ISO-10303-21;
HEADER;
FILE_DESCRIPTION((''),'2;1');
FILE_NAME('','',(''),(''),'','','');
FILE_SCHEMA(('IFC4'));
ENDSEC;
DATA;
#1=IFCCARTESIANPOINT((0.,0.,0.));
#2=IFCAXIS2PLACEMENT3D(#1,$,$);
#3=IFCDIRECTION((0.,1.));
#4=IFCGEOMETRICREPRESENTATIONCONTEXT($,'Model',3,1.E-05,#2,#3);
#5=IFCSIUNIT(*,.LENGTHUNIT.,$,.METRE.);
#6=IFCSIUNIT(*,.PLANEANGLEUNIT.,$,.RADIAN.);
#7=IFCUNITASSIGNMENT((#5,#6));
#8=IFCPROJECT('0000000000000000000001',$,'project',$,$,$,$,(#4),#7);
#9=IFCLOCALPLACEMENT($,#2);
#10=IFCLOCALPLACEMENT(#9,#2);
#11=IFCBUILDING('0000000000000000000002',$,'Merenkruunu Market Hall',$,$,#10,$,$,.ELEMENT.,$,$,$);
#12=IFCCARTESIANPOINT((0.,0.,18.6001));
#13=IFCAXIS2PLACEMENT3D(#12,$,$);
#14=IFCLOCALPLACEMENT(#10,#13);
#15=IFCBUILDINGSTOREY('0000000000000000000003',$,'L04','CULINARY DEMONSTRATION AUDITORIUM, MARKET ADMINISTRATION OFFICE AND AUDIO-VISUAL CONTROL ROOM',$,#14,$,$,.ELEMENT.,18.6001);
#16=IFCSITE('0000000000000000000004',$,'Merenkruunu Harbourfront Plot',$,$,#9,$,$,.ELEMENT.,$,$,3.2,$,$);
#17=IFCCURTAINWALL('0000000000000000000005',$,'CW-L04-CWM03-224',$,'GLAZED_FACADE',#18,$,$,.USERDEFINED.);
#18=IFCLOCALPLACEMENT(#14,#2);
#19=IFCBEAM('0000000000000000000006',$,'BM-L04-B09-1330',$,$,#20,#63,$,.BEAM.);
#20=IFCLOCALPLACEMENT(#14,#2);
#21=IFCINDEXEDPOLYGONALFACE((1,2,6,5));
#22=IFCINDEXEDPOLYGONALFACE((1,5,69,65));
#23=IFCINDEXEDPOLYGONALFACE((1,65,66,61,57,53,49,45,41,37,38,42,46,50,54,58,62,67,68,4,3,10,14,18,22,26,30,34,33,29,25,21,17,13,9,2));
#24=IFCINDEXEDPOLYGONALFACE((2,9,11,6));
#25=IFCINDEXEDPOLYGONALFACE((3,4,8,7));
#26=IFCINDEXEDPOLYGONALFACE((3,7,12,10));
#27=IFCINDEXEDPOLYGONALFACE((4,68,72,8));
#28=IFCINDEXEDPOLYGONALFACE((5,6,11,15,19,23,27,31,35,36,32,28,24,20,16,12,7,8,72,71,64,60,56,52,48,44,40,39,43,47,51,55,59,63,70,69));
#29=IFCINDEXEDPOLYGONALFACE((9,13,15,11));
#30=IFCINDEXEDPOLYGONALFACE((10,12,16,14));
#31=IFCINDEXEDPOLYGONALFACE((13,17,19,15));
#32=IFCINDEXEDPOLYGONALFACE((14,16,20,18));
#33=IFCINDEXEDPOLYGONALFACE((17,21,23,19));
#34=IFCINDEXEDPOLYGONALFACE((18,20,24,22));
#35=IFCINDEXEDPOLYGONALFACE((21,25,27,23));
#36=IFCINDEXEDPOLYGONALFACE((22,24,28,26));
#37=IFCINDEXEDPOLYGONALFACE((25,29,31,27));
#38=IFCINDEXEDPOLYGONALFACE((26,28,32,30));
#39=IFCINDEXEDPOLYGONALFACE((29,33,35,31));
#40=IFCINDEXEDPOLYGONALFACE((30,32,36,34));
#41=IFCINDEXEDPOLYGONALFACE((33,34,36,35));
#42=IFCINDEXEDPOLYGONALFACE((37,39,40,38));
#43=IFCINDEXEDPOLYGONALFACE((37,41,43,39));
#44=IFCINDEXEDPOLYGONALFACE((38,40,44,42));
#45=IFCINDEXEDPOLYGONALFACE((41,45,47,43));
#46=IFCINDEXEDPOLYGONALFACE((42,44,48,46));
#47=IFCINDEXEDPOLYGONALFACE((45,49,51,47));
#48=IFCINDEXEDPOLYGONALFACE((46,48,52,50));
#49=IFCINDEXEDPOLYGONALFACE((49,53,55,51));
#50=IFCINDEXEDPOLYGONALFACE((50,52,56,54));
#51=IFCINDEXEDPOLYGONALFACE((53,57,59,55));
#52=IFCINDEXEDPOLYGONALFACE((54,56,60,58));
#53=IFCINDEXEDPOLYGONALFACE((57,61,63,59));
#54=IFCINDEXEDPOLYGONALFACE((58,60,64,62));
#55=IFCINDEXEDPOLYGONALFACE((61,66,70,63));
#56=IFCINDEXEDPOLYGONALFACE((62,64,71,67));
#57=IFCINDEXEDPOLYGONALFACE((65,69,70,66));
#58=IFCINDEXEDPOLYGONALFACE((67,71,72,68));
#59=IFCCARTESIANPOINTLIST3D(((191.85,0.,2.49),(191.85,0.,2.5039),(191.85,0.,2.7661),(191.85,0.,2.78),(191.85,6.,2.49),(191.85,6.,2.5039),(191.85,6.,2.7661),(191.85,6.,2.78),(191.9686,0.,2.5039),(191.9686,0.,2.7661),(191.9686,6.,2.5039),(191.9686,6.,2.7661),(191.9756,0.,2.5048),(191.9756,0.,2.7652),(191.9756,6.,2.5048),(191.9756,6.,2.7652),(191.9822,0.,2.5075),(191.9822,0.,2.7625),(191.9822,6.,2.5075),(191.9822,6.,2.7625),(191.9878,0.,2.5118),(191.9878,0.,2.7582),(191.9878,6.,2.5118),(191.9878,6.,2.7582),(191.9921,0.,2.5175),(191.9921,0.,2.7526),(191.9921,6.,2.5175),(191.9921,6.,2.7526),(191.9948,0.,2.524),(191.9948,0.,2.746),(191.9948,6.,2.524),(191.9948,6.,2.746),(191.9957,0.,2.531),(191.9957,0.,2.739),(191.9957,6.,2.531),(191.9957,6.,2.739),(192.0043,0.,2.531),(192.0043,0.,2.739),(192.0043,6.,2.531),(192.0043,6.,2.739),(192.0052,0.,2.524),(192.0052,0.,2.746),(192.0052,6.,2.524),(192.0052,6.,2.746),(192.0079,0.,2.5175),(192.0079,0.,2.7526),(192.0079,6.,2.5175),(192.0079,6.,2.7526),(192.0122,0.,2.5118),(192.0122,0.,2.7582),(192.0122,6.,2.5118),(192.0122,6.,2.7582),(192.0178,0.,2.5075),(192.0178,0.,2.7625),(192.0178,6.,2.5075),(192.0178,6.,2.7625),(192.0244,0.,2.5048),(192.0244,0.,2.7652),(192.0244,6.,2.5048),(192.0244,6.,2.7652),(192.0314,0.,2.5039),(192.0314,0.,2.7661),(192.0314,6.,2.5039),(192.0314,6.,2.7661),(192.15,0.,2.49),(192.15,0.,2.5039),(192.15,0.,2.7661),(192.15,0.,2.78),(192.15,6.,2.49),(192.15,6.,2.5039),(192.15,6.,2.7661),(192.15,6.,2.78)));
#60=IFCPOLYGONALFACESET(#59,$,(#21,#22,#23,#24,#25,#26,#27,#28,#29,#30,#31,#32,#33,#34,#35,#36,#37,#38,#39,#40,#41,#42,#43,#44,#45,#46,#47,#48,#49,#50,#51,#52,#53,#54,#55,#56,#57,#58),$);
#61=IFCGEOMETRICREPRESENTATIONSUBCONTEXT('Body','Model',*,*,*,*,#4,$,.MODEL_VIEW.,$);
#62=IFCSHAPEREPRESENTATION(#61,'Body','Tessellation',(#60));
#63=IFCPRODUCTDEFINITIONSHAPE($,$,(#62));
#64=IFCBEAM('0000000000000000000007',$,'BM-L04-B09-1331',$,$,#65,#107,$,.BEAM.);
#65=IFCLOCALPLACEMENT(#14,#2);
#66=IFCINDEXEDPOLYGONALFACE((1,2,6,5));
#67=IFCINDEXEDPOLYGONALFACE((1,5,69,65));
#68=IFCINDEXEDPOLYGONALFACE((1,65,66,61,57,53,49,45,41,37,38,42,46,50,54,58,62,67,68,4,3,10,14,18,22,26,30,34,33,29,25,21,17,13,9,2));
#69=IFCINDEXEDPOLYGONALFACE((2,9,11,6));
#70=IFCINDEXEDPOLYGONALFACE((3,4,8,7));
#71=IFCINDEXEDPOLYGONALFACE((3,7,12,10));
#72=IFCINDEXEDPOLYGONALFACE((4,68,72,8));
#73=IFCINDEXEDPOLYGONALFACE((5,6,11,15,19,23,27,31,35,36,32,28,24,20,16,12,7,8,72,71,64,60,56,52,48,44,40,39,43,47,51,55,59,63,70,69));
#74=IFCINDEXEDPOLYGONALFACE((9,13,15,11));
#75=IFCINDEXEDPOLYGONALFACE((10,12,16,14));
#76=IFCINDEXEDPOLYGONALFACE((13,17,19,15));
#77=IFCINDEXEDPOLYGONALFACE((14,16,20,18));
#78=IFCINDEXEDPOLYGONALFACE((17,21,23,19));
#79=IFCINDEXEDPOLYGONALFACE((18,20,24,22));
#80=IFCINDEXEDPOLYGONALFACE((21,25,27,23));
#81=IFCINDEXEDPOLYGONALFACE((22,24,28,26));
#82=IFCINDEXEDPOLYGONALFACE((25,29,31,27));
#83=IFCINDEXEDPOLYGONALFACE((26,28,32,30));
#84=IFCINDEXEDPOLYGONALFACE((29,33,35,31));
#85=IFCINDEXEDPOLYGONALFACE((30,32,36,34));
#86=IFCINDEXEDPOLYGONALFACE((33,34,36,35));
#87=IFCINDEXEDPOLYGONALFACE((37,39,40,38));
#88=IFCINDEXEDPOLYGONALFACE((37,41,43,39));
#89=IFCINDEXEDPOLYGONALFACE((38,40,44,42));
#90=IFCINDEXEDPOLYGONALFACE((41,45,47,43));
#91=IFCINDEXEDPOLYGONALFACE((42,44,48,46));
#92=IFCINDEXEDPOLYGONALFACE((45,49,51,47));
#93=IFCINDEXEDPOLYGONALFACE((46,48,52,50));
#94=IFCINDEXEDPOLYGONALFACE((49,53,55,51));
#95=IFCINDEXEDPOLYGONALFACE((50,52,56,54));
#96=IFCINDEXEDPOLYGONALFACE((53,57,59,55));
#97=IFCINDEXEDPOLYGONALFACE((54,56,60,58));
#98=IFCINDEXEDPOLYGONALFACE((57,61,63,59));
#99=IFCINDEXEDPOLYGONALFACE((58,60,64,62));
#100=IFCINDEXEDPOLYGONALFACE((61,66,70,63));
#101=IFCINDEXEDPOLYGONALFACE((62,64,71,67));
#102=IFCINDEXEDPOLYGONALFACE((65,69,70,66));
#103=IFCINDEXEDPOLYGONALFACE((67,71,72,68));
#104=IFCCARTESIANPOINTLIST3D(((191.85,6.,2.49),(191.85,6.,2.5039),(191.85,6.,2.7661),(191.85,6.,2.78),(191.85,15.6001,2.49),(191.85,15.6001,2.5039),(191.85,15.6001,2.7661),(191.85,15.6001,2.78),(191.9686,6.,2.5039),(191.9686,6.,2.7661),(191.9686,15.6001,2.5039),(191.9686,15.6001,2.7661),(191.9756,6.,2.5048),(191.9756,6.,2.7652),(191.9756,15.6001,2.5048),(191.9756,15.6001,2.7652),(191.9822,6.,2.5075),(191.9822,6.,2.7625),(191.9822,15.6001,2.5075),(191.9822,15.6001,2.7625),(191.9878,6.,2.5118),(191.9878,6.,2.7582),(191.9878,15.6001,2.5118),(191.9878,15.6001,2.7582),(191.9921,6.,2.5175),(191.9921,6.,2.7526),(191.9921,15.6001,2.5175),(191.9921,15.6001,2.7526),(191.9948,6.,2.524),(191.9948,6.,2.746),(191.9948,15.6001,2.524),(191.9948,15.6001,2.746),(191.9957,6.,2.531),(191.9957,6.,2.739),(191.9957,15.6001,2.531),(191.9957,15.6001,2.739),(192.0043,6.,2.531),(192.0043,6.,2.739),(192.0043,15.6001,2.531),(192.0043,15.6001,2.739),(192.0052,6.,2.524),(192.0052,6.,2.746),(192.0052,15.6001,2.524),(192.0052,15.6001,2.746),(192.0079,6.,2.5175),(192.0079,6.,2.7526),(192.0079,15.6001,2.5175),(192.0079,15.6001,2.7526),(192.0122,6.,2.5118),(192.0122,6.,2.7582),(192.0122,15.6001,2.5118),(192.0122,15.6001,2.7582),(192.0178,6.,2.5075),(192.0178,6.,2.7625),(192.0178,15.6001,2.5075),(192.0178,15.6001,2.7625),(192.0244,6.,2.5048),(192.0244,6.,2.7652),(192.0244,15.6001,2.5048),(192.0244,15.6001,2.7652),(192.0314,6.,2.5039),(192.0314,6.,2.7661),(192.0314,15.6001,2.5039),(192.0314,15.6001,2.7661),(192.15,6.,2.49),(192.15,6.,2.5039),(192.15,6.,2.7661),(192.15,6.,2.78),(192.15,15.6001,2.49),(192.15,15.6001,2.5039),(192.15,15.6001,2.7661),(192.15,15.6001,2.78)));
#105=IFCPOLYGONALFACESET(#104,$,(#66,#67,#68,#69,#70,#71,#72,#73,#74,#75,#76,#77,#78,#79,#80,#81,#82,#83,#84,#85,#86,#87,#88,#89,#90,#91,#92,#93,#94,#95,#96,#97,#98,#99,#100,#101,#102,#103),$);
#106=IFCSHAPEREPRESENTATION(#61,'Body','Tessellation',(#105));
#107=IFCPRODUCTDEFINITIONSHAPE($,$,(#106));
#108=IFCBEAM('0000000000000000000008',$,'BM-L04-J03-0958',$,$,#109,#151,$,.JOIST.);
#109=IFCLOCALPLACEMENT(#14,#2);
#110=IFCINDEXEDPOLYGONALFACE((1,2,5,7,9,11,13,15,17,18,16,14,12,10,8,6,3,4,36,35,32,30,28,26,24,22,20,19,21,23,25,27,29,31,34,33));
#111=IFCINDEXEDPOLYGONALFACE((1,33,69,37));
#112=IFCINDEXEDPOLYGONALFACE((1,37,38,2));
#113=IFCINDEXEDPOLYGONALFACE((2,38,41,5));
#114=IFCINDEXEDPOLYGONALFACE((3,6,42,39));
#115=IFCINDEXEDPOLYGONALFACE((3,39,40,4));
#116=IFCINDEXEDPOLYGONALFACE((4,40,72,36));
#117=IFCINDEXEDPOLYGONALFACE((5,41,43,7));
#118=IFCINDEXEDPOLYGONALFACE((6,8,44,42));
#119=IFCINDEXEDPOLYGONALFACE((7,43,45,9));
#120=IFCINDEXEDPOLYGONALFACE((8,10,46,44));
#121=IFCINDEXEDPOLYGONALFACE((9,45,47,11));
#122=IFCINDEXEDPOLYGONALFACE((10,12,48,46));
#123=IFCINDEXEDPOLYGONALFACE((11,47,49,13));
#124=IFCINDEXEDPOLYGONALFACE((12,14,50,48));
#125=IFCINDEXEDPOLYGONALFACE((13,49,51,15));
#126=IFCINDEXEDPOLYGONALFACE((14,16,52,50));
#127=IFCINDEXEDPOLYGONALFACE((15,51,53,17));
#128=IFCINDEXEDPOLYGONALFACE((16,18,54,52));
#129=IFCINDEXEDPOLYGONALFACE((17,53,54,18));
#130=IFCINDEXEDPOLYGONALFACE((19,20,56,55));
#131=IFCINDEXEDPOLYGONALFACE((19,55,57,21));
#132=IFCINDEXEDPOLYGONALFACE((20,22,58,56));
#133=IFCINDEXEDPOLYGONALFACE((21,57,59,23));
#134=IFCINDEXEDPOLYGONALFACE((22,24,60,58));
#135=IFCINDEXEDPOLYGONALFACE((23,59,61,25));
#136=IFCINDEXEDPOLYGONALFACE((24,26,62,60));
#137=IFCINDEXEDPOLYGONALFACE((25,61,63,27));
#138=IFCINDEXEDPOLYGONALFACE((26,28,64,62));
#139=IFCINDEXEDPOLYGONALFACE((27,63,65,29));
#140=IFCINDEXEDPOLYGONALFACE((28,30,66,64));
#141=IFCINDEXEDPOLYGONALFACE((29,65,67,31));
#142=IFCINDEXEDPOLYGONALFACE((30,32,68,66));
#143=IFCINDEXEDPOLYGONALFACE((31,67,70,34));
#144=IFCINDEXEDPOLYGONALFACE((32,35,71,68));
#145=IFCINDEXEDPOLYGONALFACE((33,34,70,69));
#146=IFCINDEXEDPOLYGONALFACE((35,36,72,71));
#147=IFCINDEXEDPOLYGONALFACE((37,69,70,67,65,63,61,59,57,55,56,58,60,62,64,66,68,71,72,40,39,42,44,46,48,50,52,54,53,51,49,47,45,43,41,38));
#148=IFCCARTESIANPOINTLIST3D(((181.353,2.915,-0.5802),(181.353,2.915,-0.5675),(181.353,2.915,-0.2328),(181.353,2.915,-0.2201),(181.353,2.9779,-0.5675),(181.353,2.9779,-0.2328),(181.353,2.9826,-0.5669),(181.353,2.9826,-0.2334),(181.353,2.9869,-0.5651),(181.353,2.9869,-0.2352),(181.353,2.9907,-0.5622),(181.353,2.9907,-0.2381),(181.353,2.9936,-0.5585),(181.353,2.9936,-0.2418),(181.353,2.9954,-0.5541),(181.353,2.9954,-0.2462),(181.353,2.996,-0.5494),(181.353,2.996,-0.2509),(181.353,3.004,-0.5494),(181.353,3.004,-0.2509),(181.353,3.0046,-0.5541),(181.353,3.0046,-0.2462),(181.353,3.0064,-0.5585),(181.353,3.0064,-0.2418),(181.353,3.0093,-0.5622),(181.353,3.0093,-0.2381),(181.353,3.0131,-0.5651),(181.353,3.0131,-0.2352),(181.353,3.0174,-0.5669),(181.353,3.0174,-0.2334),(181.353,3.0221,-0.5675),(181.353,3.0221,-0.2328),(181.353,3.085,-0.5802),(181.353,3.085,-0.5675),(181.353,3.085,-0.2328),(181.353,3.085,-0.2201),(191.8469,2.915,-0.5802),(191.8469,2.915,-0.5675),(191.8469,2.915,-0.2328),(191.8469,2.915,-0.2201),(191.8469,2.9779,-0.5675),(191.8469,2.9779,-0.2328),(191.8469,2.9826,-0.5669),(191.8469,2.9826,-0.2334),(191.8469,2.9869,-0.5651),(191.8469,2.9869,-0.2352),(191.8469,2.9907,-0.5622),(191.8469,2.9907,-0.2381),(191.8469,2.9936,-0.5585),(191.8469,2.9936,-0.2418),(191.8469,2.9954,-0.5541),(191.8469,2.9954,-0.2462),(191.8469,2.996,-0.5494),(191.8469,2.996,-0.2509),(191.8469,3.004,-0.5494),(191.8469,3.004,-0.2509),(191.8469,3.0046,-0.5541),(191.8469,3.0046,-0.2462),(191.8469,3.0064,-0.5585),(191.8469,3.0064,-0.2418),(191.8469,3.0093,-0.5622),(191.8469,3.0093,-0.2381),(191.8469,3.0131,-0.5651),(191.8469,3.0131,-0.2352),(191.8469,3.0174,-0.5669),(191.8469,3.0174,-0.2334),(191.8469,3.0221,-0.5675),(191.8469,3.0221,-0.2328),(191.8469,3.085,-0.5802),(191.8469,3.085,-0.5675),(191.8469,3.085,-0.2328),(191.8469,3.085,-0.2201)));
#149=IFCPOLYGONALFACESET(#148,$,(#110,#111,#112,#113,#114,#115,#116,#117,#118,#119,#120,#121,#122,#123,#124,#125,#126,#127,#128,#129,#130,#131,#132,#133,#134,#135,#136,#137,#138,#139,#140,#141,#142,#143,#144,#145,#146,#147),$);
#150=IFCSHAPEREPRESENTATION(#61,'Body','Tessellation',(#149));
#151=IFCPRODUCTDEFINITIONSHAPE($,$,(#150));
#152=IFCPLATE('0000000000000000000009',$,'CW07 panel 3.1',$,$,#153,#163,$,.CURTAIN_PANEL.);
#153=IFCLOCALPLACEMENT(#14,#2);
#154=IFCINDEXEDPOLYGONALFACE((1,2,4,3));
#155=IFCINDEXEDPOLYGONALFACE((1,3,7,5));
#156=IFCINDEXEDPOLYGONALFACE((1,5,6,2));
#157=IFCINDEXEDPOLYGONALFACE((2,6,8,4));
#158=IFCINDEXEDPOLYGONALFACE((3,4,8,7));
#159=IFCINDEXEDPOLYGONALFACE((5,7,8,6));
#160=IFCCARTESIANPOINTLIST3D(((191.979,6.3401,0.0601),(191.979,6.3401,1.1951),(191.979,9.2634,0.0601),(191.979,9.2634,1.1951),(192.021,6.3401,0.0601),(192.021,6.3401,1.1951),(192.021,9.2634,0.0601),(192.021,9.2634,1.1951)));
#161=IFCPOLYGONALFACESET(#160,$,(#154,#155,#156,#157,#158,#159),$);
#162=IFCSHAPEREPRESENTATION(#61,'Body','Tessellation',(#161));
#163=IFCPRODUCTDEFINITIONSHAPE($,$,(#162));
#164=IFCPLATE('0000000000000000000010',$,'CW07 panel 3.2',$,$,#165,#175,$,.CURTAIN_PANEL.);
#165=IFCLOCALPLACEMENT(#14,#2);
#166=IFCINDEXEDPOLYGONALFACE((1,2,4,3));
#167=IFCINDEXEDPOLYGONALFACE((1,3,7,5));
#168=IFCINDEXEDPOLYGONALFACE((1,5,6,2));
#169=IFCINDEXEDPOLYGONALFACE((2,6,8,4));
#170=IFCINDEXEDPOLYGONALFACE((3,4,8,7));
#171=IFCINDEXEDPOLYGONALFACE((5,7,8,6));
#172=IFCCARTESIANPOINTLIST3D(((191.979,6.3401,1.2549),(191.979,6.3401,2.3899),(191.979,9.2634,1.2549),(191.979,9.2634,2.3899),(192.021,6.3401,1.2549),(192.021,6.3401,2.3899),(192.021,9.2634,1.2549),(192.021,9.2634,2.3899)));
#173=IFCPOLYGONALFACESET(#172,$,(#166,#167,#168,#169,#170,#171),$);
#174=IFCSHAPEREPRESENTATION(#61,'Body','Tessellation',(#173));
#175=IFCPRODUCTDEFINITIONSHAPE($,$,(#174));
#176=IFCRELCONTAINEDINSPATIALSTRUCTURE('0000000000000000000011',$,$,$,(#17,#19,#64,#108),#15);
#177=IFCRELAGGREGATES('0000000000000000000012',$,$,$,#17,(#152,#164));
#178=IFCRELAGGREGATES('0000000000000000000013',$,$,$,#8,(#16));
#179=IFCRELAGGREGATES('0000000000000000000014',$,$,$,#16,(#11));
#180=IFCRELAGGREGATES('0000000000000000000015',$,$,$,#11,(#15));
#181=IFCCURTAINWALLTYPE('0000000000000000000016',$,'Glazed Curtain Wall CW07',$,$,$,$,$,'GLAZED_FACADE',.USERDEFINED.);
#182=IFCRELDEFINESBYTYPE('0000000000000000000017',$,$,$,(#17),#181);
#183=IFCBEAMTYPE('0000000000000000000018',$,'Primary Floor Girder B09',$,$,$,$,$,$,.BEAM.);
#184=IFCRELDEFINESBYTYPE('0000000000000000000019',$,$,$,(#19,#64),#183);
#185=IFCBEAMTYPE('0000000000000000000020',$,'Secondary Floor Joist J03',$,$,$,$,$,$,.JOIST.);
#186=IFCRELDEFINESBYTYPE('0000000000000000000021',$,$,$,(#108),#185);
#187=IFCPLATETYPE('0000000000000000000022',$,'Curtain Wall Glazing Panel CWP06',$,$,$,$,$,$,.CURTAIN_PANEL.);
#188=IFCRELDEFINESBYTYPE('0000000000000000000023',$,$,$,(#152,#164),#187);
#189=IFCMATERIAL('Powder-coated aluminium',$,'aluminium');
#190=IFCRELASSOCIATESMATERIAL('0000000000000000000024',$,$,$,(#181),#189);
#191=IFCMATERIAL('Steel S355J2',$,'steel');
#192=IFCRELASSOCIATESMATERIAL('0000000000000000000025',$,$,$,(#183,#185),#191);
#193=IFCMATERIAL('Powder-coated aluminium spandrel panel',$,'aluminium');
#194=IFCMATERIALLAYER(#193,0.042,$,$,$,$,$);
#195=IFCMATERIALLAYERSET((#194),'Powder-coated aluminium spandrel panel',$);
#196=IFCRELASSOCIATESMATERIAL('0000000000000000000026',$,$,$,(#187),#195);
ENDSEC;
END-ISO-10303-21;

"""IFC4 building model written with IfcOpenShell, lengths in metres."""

from ifc_helpers import new_model, si_unit, direction, frame, origin, origin_2d, place, context, subcontext, project, spatial, rectangle, i_section, extrude, material, layer, layer_set, material_profile, profile_set, type_object, element, aggregate, save


model = new_model("IFC4")

# Units and contexts
model_context = context("Model", 3, precision=1e-05, world=origin(), true_north=direction((0.0, 1.0)))
body_context = subcontext(model_context, "Body", "Model", "MODEL_VIEW")
ifc_project = project(units=[si_unit("LENGTHUNIT", "METRE"), si_unit("PLANEANGLEUNIT", "RADIAN")], contexts=[model_context])

# Site, building, storey
site_placement = place(None, origin())
site = spatial("IfcSite", under=ifc_project, at=site_placement, Name="Merenkruunu Harbourfront Plot", CompositionType="ELEMENT", RefElevation=3.2)
building_placement = place(site_placement, origin())
building = spatial("IfcBuilding", under=site, at=building_placement, Name="Merenkruunu Market Hall", CompositionType="ELEMENT")
storey_placement = place(building_placement, frame((0.0, 0.0, 18.6001)))
storey = spatial("IfcBuildingStorey", under=building, at=storey_placement, Name="L04", Description="CULINARY DEMONSTRATION AUDITORIUM, MARKET ADMINISTRATION OFFICE AND AUDIO-VISUAL CONTROL ROOM", CompositionType="ELEMENT", Elevation=18.6001)

# Shared definitions
ifc_material_1 = material(Name="Steel S355J2", Category="steel")

# Curtain wall
ifc_material_2 = material(Name="Powder-coated aluminium", Category="aluminium")
curtain_wall_type_1 = type_object("IfcCurtainWallType", Name="Glazed Curtain Wall CW07", ElementType="GLAZED_FACADE", PredefinedType="USERDEFINED", material=ifc_material_2)
curtain_wall_1_placement = place(storey_placement, origin())
curtain_wall_1 = element("IfcCurtainWall", 1, at=curtain_wall_1_placement, inside=storey, type_object=curtain_wall_type_1, Name="CW-L04-CWM03-224", ObjectType="GLAZED_FACADE", PredefinedType="USERDEFINED")

# Beams
ifc_material_profile_1 = material_profile(ifc_material_1, i_section(OverallWidth=0.3, OverallDepth=0.29, WebThickness=0.0085, FlangeThickness=0.0139, FilletRadius=0.0271, at=origin_2d()), Name="HEA 300")
ifc_profile_set_1 = profile_set([ifc_material_profile_1], Name="Steel S355J2")
beam_type_1 = type_object("IfcBeamType", Name="Primary Floor Girder B09", PredefinedType="BEAM", material=ifc_profile_set_1)
beam_1_placement = place(storey_placement, frame((192.0, 0.0, 2.635), z_axis=(0.0, 1.0, 0.0), x_axis=(-1.0, 0.0, 0.0)))
element("IfcBeam", 2, at=beam_1_placement, inside=storey, type_object=beam_type_1, Name="BM-L04-B09-1330", PredefinedType="BEAM", context=body_context, shape_type="SweptSolid", body=[
    extrude(i_section(OverallWidth=0.3, OverallDepth=0.29, WebThickness=0.0085, FlangeThickness=0.0139, FilletRadius=0.0271, at=origin_2d()), origin(), (0.0, 0.0, 1.0), 6.0),
])
beam_2_placement = place(storey_placement, frame((192.0, 6.0, 2.635), z_axis=(0.0, 1.0, 0.0), x_axis=(-1.0, 0.0, 0.0)))
element("IfcBeam", 3, at=beam_2_placement, inside=storey, type_object=beam_type_1, Name="BM-L04-B09-1331", PredefinedType="BEAM", context=body_context, shape_type="SweptSolid", body=[
    extrude(i_section(OverallWidth=0.3, OverallDepth=0.29, WebThickness=0.0085, FlangeThickness=0.0139, FilletRadius=0.0271, at=origin_2d()), origin(), (0.0, 0.0, 1.0), 9.6001),
])
ifc_material_profile_2 = material_profile(ifc_material_1, i_section(OverallWidth=0.1699, OverallDepth=0.3601, WebThickness=0.0081, FlangeThickness=0.0127, FilletRadius=0.0181, at=origin_2d()), Name="IPE 360")
ifc_profile_set_2 = profile_set([ifc_material_profile_2], Name="Steel S355J2")
beam_type_2 = type_object("IfcBeamType", Name="Secondary Floor Joist J03", PredefinedType="JOIST", material=ifc_profile_set_2)
beam_3_placement = place(storey_placement, frame((181.353, 3.0, -0.4001), z_axis=(1.0, 0.0, 0.0), x_axis=(0.0, 1.0, 0.0)))
element("IfcBeam", 4, at=beam_3_placement, inside=storey, type_object=beam_type_2, Name="BM-L04-J03-0958", PredefinedType="JOIST", context=body_context, shape_type="SweptSolid", body=[
    extrude(i_section(OverallWidth=0.1699, OverallDepth=0.3601, WebThickness=0.0081, FlangeThickness=0.0127, FilletRadius=0.0181, at=origin_2d()), origin(), (0.0, 0.0, 1.0), 10.4939),
])

# Plates
ifc_material_3 = material(Name="Powder-coated aluminium spandrel panel", Category="aluminium")
ifc_layer_1 = layer(ifc_material_3, 0.042)
ifc_layer_set_1 = layer_set([ifc_layer_1], Name="Powder-coated aluminium spandrel panel")
plate_type = type_object("IfcPlateType", Name="Curtain Wall Glazing Panel CWP06", PredefinedType="CURTAIN_PANEL", material=ifc_layer_set_1)
plate_1_placement = place(storey_placement, frame((192.0, 7.8018, 0.0601), z_axis=(0.0, 0.0, 1.0), x_axis=(0.0, -1.0, 0.0)))
plate_1 = element("IfcPlate", 5, at=plate_1_placement, type_object=plate_type, Name="CW07 panel 3.1", PredefinedType="CURTAIN_PANEL", context=body_context, shape_type="SweptSolid", body=[
    extrude(rectangle(XDim=2.9233, YDim=0.042, at=origin_2d()), origin(), (0.0, 0.0, 1.0), 1.135),
])
plate_2_placement = place(storey_placement, frame((192.0, 7.8018, 1.2549), z_axis=(0.0, 0.0, 1.0), x_axis=(0.0, -1.0, 0.0)))
plate_2 = element("IfcPlate", 6, at=plate_2_placement, type_object=plate_type, Name="CW07 panel 3.2", PredefinedType="CURTAIN_PANEL", context=body_context, shape_type="SweptSolid", body=[
    extrude(rectangle(XDim=2.9233, YDim=0.042, at=origin_2d()), origin(), (0.0, 0.0, 1.0), 1.135),
])
aggregate(curtain_wall_1, [plate_1, plate_2])

save(model, "model.ifc")
